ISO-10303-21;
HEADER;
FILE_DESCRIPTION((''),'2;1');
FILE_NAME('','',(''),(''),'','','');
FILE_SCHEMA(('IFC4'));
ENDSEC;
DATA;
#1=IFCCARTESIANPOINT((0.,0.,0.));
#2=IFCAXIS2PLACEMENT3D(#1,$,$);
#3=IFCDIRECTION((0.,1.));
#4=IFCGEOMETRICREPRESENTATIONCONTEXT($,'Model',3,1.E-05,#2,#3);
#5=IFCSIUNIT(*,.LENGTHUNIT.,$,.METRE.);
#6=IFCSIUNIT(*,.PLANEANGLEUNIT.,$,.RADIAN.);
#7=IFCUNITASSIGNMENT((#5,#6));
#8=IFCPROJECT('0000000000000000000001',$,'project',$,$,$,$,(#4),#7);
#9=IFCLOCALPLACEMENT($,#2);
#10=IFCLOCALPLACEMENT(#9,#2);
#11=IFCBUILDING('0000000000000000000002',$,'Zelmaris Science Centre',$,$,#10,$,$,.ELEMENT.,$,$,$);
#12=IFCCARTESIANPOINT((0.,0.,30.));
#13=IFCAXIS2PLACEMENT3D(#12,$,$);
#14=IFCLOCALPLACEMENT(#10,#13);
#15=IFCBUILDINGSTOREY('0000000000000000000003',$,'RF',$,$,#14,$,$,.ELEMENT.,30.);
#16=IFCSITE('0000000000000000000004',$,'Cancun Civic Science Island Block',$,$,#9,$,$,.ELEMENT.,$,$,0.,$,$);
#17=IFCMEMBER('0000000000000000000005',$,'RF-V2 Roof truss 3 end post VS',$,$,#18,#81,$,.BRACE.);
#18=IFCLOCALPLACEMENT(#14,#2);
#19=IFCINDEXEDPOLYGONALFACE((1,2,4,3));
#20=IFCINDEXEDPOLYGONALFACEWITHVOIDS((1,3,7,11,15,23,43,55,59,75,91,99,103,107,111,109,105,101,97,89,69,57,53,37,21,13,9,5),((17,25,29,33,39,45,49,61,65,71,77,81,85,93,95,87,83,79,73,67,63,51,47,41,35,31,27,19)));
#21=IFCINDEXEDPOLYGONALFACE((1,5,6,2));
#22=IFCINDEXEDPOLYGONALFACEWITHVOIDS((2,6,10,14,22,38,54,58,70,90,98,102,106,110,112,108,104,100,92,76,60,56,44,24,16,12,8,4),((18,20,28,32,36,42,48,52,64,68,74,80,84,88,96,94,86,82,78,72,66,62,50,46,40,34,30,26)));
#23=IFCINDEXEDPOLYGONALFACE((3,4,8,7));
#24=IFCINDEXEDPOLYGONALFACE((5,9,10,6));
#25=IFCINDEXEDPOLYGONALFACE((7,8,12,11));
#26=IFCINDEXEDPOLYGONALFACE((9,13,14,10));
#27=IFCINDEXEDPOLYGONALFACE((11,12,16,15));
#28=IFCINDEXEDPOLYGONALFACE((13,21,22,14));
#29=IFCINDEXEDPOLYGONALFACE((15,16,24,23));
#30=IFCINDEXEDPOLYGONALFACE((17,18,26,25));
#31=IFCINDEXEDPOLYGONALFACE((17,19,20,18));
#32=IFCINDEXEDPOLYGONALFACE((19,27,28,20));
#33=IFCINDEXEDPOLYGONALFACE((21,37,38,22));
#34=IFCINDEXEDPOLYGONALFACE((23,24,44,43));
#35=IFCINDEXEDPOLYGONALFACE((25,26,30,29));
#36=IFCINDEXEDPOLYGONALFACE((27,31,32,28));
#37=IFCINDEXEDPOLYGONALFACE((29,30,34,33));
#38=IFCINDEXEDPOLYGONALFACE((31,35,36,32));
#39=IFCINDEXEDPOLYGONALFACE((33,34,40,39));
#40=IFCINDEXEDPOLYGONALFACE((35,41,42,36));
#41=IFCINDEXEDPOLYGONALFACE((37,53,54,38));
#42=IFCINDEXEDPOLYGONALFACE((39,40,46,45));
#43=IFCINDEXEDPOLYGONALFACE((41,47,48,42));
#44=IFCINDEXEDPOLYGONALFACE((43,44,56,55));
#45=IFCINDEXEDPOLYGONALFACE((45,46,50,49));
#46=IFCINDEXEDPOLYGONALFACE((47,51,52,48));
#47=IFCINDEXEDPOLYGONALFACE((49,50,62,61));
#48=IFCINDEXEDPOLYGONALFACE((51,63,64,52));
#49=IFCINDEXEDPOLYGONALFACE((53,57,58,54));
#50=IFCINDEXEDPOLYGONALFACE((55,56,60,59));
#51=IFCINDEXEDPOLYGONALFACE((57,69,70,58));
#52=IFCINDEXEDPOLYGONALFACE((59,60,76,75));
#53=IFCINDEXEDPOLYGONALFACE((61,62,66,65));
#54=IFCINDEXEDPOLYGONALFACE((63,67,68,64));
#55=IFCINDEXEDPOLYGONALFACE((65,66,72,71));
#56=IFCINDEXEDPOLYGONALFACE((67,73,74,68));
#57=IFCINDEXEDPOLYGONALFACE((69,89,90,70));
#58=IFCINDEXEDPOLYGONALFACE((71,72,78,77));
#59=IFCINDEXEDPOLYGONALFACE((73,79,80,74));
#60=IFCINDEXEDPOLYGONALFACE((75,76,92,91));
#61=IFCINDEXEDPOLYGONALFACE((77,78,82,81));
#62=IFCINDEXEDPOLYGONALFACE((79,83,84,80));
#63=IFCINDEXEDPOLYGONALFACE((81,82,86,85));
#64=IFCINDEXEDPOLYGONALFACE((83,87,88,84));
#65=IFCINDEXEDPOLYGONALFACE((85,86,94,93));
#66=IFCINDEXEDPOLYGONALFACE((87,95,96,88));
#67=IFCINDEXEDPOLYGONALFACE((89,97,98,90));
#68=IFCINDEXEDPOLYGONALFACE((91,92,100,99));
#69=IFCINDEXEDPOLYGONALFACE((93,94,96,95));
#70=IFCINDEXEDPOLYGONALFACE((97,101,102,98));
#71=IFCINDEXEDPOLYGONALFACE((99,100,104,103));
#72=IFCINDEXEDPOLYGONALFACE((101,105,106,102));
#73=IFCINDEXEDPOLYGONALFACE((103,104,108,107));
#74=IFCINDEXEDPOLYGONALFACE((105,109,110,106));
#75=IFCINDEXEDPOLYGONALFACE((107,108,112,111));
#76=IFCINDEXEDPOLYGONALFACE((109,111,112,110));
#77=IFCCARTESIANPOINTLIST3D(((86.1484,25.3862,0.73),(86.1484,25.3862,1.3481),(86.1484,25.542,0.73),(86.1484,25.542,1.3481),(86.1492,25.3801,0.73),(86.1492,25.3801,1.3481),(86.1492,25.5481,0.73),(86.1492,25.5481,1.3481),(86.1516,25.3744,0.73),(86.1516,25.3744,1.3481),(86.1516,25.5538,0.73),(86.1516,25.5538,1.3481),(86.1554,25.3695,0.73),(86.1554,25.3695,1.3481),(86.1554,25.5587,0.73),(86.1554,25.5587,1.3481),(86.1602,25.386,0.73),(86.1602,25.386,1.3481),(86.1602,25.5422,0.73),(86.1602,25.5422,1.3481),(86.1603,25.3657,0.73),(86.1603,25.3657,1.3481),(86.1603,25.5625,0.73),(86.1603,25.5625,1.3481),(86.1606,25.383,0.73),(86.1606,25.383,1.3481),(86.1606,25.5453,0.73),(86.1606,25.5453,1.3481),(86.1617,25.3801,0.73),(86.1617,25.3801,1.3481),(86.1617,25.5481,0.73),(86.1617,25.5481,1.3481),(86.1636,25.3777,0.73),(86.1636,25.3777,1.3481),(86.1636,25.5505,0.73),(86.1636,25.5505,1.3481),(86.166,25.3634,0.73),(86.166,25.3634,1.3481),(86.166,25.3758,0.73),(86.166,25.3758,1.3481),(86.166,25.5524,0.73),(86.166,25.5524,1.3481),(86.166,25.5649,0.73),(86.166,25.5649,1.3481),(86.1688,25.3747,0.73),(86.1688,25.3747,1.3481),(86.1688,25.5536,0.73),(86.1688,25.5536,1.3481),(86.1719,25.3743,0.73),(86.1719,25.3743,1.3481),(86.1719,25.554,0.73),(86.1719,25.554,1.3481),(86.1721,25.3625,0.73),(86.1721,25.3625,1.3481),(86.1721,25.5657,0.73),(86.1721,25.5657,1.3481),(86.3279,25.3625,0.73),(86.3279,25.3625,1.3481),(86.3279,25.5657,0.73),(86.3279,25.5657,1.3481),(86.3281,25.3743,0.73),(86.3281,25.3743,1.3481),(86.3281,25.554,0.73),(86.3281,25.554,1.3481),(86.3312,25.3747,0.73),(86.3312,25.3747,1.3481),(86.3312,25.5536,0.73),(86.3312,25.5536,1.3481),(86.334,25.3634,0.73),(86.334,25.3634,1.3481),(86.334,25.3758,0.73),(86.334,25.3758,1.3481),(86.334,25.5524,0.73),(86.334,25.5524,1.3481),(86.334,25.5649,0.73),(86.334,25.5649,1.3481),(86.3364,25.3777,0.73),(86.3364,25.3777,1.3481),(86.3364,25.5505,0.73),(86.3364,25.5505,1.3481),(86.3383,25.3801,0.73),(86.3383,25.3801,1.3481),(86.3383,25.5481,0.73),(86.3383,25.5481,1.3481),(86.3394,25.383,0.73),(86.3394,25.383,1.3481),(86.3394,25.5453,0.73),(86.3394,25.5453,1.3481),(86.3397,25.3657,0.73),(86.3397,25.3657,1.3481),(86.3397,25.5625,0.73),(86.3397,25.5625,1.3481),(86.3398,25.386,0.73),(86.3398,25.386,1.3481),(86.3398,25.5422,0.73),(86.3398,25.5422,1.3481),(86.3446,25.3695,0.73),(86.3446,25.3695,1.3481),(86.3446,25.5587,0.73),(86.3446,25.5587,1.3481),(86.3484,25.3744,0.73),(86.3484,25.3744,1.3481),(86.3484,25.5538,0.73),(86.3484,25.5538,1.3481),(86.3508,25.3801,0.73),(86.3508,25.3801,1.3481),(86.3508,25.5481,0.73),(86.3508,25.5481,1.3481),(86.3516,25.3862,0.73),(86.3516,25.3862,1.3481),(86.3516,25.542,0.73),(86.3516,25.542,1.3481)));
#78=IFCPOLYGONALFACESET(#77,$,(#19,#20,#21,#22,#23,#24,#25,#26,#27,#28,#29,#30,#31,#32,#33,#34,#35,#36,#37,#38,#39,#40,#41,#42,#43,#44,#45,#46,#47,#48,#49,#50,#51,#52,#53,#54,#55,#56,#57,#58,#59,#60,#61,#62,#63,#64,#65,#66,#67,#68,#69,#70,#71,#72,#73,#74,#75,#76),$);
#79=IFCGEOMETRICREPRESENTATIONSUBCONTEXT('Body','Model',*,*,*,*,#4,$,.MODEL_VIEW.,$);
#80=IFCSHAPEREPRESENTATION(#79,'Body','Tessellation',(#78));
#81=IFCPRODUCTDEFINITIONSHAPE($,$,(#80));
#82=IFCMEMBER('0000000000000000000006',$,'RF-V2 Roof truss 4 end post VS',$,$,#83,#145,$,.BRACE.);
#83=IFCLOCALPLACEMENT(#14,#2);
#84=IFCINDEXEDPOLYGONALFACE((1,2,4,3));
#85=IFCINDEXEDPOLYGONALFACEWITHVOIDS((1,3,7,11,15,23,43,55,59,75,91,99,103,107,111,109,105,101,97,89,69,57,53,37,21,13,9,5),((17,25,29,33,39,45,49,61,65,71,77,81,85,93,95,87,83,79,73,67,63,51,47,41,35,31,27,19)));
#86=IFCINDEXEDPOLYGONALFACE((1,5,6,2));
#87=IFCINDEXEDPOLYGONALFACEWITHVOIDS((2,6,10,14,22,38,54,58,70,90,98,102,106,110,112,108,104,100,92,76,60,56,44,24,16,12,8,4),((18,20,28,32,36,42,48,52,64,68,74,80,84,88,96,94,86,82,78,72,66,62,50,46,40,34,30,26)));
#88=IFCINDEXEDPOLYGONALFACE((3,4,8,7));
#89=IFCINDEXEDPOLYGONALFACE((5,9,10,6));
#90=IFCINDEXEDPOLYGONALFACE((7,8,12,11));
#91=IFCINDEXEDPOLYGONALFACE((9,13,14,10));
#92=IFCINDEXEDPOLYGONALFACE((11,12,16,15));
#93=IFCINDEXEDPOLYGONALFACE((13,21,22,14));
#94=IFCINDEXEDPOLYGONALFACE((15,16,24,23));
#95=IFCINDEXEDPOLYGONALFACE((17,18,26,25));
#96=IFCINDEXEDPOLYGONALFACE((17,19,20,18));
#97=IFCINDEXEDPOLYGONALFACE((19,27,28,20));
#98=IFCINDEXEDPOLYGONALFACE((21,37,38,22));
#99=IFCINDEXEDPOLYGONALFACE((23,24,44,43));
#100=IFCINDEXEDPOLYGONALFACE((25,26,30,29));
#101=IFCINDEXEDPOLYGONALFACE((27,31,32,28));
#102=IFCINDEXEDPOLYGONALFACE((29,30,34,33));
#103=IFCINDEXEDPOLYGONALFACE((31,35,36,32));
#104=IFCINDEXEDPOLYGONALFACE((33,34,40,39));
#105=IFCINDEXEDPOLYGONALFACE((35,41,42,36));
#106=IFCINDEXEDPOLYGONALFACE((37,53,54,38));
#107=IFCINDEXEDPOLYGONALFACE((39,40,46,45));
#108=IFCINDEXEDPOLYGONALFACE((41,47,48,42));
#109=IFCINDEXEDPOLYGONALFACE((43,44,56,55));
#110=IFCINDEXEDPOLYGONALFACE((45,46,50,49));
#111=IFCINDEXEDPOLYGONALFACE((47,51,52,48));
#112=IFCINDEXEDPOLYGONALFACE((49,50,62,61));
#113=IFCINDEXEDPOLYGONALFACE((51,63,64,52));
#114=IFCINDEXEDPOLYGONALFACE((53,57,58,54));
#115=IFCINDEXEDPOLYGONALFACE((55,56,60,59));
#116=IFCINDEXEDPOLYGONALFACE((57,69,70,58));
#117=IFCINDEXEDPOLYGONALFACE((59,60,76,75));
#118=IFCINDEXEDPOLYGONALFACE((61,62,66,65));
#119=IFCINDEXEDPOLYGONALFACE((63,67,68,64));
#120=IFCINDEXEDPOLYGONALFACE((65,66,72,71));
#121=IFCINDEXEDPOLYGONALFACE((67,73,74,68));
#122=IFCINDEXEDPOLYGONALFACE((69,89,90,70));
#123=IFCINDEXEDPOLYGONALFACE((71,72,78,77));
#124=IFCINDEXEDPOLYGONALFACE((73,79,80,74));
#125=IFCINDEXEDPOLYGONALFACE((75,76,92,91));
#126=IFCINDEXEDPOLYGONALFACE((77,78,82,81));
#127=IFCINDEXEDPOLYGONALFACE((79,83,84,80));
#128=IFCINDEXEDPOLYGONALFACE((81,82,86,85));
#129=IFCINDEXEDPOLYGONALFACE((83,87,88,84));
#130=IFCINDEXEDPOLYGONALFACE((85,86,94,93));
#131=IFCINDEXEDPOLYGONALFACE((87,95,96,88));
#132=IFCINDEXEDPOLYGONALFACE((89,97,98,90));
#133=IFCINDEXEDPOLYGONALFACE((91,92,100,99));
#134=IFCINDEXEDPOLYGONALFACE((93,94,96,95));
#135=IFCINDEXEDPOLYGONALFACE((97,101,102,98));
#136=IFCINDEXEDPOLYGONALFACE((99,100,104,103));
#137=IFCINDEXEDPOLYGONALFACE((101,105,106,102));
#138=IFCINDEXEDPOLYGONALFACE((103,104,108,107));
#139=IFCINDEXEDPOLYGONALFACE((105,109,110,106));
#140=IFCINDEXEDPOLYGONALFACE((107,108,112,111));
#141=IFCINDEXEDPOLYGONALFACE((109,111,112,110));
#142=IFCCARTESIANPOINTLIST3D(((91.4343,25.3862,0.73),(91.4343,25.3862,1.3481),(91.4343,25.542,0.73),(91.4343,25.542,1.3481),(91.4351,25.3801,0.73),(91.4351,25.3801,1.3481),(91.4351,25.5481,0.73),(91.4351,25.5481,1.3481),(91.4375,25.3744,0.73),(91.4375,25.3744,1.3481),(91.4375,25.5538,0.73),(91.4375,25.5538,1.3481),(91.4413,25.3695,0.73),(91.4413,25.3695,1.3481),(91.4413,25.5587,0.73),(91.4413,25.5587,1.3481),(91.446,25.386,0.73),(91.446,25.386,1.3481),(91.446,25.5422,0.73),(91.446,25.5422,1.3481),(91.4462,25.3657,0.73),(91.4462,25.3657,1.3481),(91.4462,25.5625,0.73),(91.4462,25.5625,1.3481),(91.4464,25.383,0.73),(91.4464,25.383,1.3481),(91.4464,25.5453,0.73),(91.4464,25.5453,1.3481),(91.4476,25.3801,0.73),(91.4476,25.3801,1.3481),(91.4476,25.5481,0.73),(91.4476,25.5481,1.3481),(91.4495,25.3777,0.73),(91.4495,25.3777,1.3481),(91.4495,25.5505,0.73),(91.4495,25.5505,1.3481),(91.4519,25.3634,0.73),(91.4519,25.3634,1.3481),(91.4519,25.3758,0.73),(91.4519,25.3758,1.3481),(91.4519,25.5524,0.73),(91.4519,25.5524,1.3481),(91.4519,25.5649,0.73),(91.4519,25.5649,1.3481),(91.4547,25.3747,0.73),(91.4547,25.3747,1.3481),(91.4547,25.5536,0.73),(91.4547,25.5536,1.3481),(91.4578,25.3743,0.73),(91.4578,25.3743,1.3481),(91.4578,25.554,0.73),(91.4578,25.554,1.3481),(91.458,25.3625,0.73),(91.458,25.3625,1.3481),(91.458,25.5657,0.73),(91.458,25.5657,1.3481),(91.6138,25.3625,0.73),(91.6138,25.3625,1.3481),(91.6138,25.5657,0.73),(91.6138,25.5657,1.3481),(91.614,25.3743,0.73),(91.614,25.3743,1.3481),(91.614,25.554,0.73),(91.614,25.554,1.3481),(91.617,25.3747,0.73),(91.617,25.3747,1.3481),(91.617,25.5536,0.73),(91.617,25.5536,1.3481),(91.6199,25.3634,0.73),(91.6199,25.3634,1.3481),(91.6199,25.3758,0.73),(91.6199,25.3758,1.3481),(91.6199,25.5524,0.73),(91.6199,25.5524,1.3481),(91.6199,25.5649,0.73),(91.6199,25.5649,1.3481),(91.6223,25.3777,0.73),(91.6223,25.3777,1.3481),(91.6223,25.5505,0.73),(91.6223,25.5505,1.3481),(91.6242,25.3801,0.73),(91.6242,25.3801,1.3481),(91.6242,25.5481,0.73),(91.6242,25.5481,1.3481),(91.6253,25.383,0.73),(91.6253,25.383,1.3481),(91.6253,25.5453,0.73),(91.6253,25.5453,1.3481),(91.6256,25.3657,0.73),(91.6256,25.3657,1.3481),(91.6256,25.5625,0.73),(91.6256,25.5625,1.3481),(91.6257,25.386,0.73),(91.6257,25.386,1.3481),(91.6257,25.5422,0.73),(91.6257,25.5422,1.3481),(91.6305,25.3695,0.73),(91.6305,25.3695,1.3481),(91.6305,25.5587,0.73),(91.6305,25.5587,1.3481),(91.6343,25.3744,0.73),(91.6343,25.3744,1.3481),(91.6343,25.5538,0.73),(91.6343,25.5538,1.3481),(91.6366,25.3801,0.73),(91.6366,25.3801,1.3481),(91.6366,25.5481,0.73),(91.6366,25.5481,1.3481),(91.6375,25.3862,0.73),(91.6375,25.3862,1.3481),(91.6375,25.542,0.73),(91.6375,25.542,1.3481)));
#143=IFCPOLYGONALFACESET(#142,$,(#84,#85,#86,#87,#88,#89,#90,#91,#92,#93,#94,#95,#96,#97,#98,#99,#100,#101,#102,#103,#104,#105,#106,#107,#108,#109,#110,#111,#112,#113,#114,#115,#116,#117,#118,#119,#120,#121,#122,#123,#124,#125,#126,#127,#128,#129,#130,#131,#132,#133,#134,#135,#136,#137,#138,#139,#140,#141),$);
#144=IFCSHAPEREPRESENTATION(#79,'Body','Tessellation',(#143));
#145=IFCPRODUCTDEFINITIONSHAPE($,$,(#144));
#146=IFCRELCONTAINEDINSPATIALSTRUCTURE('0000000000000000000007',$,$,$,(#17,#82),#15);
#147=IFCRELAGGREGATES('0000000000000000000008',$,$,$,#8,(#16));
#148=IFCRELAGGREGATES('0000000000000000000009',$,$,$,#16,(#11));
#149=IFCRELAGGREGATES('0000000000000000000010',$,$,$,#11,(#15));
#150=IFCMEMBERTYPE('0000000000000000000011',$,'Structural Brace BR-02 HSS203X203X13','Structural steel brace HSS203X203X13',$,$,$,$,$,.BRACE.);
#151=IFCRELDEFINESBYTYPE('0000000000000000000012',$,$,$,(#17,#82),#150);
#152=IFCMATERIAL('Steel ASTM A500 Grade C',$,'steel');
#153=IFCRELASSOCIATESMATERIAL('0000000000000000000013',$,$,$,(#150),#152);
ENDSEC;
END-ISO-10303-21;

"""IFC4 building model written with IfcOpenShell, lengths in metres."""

from ifc_helpers import new_model, si_unit, direction, frame, origin, origin_2d, place, context, subcontext, project, spatial, hollow_rectangle, extrude, material, material_profile, profile_set, type_object, element, save


model = new_model("IFC4")

# Units and contexts
model_context = context("Model", 3, precision=1e-05, world=origin(), true_north=direction((0.0, 1.0)))
body_context = subcontext(model_context, "Body", "Model", "MODEL_VIEW")
ifc_project = project(units=[si_unit("LENGTHUNIT", "METRE"), si_unit("PLANEANGLEUNIT", "RADIAN")], contexts=[model_context])

# Site, building, storey
site_placement = place(None, origin())
site = spatial("IfcSite", under=ifc_project, at=site_placement, Name="Cancun Civic Science Island Block", CompositionType="ELEMENT", RefElevation=0.0)
building_placement = place(site_placement, origin())
building = spatial("IfcBuilding", under=site, at=building_placement, Name="Zelmaris Science Centre", CompositionType="ELEMENT")
storey_placement = place(building_placement, frame((0.0, 0.0, 30.0)))
storey = spatial("IfcBuildingStorey", under=building, at=storey_placement, Name="RF", CompositionType="ELEMENT", Elevation=30.0)

# Shared definitions
ifc_material_1 = material(Name="Steel ASTM A500 Grade C", Category="steel")

# Members
ifc_material_profile_1 = material_profile(ifc_material_1, hollow_rectangle(XDim=0.2031, YDim=0.2031, WallThickness=0.0117, InnerFilletRadius=0.0117, OuterFilletRadius=0.0237, at=origin_2d()), Name="HSS203X203X13")
ifc_profile_set_1 = profile_set([ifc_material_profile_1], Name="Steel ASTM A500 Grade C")
member_type_1 = type_object("IfcMemberType", Name="Structural Brace BR-02 HSS203X203X13", Description="Structural steel brace HSS203X203X13", PredefinedType="BRACE", material=ifc_profile_set_1)
for number, where, z_axis, x_axis, name in (
    (1, (86.25, 25.4641, 0.73), (0.0, 0.0, 1.0), (1.0, 0.0, 0.0), "RF-V2 Roof truss 3 end post VS"),
    (2, (91.5359, 25.4641, 0.73), (0.0, 0.0, 1.0), (1.0, 0.0, 0.0), "RF-V2 Roof truss 4 end post VS"),
):
    element("IfcMember", number, at=place(storey_placement, frame(where, z_axis=z_axis, x_axis=x_axis)), inside=storey, type_object=member_type_1, Name=name, PredefinedType="BRACE", context=body_context, shape_type="SweptSolid", body=[
        extrude(hollow_rectangle(XDim=0.2031, YDim=0.2031, WallThickness=0.0117, InnerFilletRadius=0.0117, OuterFilletRadius=0.0237, at=origin_2d()), origin(), (0.0, 0.0, 1.0), 0.6182),
    ])

save(model, "model.ifc")
